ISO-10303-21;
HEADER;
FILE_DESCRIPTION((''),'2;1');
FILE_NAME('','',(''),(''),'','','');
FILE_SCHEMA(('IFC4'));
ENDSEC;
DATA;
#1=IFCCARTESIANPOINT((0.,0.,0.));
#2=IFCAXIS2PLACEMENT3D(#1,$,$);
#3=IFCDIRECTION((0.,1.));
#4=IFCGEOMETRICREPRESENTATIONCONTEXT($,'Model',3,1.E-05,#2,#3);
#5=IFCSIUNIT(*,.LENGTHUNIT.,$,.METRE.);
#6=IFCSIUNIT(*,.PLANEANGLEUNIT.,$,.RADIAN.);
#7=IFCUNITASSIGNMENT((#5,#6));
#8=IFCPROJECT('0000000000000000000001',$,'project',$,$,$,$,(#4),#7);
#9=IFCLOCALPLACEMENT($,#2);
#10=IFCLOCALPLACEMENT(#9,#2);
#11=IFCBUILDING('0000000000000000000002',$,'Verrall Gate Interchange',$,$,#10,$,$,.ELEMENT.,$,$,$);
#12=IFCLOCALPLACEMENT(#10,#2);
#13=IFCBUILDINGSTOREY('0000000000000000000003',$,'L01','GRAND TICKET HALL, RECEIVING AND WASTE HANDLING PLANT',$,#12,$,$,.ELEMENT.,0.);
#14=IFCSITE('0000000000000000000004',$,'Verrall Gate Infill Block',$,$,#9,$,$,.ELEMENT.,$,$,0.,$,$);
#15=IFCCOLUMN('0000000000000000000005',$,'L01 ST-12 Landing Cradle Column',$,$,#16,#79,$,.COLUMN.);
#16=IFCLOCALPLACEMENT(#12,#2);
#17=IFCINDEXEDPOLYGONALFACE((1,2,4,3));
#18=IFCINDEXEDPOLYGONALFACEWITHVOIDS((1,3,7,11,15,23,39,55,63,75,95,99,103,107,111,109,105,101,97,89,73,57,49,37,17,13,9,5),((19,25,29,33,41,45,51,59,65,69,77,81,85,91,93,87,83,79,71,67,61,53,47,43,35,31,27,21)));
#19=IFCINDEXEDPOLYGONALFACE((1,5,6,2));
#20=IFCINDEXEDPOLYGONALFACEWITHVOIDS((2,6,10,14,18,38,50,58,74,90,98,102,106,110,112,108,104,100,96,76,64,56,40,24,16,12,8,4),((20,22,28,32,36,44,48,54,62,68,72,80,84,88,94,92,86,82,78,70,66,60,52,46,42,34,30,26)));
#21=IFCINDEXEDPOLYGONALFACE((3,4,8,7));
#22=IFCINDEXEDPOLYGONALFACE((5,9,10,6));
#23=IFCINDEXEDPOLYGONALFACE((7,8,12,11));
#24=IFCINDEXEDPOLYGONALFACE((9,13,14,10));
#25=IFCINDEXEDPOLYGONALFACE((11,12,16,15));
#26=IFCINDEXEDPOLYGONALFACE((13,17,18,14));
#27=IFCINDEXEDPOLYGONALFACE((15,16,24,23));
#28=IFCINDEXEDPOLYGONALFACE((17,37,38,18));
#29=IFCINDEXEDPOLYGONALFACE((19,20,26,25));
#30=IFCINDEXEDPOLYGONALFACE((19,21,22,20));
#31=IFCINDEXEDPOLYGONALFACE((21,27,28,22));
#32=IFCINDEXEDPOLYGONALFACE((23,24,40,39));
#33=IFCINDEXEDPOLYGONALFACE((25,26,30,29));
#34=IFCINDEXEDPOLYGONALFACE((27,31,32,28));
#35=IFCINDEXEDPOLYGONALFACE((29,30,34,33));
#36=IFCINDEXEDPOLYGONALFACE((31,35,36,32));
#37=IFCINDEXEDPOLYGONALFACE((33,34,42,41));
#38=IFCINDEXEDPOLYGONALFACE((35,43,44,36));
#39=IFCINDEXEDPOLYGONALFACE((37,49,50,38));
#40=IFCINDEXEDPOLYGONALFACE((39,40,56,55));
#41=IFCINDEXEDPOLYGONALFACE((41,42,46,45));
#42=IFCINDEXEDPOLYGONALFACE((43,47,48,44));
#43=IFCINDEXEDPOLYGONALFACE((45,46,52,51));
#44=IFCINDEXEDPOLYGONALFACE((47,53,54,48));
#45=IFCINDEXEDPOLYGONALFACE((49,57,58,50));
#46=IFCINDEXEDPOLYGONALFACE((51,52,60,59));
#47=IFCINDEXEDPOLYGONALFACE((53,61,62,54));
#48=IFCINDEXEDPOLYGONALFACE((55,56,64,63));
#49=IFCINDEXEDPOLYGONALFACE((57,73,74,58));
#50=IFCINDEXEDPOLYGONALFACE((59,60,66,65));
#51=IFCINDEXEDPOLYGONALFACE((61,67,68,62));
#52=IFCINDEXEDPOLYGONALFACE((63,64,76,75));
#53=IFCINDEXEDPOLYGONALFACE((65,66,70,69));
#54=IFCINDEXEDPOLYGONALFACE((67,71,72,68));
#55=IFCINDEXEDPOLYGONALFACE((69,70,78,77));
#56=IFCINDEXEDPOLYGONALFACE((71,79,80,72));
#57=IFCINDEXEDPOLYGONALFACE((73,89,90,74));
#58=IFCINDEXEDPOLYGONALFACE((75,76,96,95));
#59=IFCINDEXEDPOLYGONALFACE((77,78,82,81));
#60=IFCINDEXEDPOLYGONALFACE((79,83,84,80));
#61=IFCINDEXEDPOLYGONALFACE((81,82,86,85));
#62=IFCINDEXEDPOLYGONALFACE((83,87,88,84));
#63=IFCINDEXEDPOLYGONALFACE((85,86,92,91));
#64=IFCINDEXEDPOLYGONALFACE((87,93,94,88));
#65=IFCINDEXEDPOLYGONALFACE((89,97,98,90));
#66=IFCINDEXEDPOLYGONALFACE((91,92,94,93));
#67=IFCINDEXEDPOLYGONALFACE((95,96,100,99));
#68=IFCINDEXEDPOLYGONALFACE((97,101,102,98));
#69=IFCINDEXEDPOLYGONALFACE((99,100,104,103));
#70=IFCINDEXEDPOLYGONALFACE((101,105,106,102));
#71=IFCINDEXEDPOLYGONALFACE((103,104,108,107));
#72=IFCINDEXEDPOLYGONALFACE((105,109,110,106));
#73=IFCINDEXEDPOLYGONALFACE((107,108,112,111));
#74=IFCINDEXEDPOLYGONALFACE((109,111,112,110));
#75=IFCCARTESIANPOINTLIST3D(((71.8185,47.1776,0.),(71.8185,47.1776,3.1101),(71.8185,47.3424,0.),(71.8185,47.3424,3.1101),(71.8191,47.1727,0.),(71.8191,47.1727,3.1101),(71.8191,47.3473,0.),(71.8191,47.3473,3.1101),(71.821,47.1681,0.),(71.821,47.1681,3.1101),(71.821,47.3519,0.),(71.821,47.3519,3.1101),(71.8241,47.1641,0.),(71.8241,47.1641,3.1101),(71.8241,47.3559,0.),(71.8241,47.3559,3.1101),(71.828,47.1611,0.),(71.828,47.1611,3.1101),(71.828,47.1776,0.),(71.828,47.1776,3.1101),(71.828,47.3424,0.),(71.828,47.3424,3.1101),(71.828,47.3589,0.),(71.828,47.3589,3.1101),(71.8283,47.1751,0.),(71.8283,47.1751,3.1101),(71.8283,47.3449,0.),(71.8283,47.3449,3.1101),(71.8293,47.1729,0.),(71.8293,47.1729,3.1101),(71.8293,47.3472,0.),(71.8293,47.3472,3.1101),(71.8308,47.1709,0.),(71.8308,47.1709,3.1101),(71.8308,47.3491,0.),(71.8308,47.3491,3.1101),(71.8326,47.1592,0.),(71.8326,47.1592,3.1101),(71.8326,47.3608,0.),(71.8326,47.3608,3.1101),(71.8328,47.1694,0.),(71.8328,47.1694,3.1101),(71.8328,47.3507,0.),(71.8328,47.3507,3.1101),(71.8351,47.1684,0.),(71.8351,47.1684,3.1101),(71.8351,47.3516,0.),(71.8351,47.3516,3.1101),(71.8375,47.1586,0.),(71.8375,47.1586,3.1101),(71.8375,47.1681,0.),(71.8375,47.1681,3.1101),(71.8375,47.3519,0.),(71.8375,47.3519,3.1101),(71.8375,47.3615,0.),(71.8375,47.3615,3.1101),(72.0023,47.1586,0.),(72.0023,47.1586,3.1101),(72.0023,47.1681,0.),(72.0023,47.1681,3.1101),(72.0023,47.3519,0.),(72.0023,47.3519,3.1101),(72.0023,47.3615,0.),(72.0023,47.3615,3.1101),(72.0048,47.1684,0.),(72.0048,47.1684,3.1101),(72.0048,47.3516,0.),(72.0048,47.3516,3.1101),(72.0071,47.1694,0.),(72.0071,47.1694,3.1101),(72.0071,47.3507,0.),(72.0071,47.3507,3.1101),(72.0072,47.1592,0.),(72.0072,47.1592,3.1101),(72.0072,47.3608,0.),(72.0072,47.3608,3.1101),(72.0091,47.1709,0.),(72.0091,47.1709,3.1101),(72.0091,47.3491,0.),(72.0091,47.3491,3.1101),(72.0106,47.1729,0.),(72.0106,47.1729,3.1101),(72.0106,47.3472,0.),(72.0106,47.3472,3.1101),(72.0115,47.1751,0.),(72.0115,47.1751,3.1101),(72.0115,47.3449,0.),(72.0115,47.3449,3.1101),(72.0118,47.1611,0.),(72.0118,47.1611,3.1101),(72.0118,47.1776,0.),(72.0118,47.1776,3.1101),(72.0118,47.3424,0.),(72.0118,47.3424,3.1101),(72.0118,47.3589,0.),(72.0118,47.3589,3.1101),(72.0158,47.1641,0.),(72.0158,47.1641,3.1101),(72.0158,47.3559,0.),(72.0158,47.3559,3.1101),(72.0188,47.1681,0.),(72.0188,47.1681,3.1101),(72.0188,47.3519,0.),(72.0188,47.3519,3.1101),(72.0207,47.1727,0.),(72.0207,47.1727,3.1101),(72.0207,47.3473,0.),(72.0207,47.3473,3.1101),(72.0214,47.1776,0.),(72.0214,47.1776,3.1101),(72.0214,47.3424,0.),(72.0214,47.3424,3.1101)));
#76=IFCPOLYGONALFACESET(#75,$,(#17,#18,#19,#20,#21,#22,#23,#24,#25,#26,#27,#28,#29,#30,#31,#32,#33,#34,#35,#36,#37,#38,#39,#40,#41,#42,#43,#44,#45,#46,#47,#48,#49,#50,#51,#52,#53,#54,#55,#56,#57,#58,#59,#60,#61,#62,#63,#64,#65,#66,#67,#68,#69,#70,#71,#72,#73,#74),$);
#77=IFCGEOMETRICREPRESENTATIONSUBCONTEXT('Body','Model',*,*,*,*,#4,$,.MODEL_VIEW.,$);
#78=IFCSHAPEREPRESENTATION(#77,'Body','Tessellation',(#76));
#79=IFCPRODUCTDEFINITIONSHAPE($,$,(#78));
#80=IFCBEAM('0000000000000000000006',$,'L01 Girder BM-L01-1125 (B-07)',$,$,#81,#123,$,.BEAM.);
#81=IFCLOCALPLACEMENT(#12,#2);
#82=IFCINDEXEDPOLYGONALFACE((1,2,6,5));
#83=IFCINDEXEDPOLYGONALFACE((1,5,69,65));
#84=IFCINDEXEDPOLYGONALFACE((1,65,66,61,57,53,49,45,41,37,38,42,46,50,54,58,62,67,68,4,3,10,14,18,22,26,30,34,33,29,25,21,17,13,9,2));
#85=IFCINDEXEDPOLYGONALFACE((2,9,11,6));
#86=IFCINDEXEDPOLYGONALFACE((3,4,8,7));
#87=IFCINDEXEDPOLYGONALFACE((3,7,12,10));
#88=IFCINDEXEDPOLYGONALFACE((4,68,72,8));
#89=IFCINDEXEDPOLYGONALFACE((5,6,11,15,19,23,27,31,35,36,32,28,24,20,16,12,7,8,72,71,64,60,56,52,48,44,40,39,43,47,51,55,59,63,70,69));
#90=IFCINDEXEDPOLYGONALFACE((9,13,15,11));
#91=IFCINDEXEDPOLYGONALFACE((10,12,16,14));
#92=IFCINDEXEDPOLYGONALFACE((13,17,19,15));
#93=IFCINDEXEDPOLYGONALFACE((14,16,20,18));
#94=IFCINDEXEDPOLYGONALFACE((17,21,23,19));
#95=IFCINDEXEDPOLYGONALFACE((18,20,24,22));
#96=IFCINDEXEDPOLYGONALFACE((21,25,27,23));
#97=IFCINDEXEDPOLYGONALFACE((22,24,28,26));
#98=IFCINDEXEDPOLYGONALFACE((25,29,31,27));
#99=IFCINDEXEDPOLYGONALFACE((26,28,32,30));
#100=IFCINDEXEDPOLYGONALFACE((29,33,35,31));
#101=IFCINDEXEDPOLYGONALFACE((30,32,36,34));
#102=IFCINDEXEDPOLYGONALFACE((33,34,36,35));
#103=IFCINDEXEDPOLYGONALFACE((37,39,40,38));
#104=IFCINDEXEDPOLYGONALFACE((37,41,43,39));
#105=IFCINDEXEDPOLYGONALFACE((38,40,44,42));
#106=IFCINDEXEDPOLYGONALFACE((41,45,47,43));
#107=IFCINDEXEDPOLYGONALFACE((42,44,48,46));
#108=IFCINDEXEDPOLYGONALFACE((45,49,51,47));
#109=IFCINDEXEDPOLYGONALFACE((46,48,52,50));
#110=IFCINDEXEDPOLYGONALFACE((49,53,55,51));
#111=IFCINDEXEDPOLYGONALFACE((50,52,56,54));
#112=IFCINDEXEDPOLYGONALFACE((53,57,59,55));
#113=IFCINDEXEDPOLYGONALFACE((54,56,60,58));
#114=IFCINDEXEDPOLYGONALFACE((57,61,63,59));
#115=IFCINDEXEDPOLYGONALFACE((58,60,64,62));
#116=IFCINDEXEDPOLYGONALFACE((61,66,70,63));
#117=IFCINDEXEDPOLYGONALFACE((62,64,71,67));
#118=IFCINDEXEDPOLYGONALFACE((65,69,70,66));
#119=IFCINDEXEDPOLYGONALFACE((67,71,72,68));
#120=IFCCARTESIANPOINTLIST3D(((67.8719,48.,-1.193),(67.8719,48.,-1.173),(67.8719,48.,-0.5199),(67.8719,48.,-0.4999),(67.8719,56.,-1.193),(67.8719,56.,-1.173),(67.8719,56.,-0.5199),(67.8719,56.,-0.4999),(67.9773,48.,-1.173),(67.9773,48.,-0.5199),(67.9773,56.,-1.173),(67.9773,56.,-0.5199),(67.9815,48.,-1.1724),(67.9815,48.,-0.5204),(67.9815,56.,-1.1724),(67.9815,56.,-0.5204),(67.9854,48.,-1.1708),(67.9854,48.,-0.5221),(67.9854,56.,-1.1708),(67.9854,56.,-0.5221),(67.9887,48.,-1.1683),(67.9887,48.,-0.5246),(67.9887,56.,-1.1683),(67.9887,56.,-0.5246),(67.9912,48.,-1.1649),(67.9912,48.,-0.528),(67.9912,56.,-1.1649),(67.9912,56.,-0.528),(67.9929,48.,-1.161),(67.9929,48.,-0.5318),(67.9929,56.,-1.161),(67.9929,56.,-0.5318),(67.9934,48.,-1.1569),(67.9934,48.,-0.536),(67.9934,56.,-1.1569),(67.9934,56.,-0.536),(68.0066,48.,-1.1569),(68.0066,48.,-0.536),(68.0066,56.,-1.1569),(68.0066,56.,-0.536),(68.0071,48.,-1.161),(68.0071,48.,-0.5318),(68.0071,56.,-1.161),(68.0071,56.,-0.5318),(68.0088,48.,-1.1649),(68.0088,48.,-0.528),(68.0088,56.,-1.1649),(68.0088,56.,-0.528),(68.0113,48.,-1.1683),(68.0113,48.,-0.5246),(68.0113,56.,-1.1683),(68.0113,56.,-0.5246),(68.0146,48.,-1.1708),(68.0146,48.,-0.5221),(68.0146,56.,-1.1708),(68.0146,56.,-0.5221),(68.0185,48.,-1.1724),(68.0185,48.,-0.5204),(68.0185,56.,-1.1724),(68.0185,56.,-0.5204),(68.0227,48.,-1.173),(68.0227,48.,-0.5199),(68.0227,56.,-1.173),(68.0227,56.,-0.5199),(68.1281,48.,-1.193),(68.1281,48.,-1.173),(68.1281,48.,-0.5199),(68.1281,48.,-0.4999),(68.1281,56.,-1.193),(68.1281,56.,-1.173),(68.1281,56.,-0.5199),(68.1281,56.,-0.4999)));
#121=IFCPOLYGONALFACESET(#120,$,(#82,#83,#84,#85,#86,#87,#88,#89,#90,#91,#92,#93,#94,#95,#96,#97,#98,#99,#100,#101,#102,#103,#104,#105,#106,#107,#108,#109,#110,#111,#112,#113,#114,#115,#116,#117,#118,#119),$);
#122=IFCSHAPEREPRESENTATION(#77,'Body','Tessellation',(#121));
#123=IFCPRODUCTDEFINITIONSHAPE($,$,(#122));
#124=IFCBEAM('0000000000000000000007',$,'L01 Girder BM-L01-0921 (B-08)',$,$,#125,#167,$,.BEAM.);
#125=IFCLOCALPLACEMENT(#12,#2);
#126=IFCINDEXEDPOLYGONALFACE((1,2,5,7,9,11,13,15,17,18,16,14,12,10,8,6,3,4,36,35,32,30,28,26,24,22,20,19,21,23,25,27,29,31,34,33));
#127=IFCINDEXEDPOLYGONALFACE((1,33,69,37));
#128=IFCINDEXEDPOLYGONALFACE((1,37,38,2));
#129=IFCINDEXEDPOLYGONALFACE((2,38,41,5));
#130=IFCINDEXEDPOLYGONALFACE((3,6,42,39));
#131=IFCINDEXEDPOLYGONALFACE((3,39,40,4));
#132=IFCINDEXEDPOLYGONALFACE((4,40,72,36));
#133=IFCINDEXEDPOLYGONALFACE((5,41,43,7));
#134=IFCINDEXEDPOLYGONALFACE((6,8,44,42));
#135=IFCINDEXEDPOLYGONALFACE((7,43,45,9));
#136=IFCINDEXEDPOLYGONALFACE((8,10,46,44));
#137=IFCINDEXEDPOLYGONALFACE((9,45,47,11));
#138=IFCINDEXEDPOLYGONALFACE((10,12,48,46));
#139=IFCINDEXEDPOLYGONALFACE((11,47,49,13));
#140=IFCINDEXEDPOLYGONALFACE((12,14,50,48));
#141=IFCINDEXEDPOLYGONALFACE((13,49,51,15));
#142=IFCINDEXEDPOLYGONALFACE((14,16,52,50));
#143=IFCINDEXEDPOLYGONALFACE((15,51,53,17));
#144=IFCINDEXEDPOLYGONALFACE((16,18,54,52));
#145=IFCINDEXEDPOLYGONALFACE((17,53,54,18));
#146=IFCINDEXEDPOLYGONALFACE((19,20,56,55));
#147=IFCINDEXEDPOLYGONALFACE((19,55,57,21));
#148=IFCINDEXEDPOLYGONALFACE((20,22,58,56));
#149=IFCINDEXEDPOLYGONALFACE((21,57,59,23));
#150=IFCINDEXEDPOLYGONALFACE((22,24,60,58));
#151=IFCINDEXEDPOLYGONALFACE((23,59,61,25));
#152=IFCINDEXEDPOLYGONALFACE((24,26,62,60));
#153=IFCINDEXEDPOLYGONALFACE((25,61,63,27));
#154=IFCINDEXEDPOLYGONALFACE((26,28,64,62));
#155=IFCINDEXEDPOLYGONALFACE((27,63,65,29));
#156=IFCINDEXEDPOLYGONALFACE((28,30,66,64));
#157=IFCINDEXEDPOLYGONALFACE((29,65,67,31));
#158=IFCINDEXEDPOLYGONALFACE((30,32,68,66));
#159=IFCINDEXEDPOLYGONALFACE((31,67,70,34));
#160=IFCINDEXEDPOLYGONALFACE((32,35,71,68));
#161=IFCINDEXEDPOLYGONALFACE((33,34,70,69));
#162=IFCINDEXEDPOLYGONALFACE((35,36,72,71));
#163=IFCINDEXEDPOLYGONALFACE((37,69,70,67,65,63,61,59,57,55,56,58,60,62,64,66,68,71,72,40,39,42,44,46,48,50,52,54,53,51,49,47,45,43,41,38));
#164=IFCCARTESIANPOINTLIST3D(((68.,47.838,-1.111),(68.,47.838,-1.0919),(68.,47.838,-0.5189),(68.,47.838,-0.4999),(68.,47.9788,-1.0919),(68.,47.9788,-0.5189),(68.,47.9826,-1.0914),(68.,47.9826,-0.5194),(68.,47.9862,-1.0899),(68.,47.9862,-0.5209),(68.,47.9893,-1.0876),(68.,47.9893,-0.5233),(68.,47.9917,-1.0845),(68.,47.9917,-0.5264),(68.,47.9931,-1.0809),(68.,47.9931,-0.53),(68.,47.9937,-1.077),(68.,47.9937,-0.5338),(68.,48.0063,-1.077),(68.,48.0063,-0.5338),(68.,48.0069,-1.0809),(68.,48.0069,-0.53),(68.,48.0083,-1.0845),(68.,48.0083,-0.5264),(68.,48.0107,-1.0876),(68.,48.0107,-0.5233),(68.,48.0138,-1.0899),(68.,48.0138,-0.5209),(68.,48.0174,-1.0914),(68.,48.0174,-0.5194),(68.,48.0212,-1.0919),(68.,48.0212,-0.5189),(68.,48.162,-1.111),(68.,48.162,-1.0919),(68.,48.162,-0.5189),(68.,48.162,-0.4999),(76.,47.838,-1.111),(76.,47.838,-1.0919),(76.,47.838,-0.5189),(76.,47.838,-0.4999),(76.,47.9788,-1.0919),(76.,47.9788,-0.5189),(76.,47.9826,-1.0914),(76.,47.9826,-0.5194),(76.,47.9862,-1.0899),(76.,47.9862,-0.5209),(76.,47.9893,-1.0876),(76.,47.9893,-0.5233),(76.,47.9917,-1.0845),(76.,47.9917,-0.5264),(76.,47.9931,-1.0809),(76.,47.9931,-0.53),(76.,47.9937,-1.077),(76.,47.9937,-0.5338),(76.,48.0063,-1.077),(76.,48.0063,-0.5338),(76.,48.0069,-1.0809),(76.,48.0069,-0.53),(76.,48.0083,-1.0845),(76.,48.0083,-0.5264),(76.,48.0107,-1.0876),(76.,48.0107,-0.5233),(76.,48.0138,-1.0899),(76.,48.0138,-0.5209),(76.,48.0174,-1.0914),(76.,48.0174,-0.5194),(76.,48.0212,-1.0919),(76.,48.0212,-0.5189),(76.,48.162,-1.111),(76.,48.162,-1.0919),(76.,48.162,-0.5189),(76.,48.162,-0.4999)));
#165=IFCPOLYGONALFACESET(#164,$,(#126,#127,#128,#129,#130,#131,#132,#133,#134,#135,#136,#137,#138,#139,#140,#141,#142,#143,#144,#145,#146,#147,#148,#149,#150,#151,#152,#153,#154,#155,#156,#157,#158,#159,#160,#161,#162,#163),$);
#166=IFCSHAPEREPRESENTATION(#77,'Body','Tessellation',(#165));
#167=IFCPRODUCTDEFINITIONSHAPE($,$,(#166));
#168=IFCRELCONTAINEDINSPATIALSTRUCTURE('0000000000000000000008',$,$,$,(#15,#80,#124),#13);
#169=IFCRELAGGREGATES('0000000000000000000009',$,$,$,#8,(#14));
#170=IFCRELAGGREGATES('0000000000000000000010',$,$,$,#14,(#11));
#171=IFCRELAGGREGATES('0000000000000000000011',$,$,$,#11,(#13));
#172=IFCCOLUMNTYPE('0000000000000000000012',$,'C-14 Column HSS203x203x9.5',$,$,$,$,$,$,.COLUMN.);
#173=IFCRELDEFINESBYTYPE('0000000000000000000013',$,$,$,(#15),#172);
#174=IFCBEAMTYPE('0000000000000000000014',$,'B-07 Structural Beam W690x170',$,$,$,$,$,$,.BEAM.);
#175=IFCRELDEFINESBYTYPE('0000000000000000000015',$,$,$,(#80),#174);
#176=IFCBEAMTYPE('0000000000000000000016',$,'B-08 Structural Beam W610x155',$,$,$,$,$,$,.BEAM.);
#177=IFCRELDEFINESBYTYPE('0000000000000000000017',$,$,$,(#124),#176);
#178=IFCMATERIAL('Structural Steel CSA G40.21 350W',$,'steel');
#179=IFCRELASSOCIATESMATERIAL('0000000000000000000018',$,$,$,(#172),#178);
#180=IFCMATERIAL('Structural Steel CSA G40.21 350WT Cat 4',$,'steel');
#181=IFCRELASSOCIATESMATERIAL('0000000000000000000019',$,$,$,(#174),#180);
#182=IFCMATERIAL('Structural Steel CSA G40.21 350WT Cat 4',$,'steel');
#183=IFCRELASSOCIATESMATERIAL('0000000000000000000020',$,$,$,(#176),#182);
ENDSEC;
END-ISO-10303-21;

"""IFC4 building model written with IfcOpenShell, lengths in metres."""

from ifc_helpers import new_model, si_unit, direction, frame, origin, origin_2d, place, context, subcontext, project, spatial, hollow_rectangle, i_section, extrude, material, material_profile, profile_set, type_object, element, save


model = new_model("IFC4")

# Units and contexts
model_context = context("Model", 3, precision=1e-05, world=origin(), true_north=direction((0.0, 1.0)))
body_context = subcontext(model_context, "Body", "Model", "MODEL_VIEW")
ifc_project = project(units=[si_unit("LENGTHUNIT", "METRE"), si_unit("PLANEANGLEUNIT", "RADIAN")], contexts=[model_context])

# Site, building, storey
site_placement = place(None, origin())
site = spatial("IfcSite", under=ifc_project, at=site_placement, Name="Verrall Gate Infill Block", CompositionType="ELEMENT", RefElevation=0.0)
building_placement = place(site_placement, origin())
building = spatial("IfcBuilding", under=site, at=building_placement, Name="Verrall Gate Interchange", CompositionType="ELEMENT")
storey_placement = place(building_placement, origin())
storey = spatial("IfcBuildingStorey", under=building, at=storey_placement, Name="L01", Description="GRAND TICKET HALL, RECEIVING AND WASTE HANDLING PLANT", CompositionType="ELEMENT", Elevation=0.0)

# Column
ifc_material_1 = material(Name="Structural Steel CSA G40.21 350W", Category="steel")
ifc_material_profile_1 = material_profile(ifc_material_1, hollow_rectangle(XDim=0.2029, YDim=0.2029, WallThickness=0.0095, InnerFilletRadius=0.0095, OuterFilletRadius=0.019, at=origin_2d()), Name="HSS203x203x9.5")
ifc_profile_set_1 = profile_set([ifc_material_profile_1], Name="Structural Steel CSA G40.21 350W")
column_type_1 = type_object("IfcColumnType", Name="C-14 Column HSS203x203x9.5", PredefinedType="COLUMN", material=ifc_profile_set_1)
for number, where, z_axis, x_axis, name in (
    (1, (71.9199, 47.26, 0.0), (0.0, 0.0, 1.0), (1.0, 0.0, 0.0), "L01 ST-12 Landing Cradle Column"),
):
    element("IfcColumn", number, at=place(storey_placement, frame(where, z_axis=z_axis, x_axis=x_axis)), inside=storey, type_object=column_type_1, Name=name, PredefinedType="COLUMN", context=body_context, shape_type="SweptSolid", body=[
        extrude(hollow_rectangle(XDim=0.2029, YDim=0.2029, WallThickness=0.0095, InnerFilletRadius=0.0095, OuterFilletRadius=0.019, at=origin_2d()), origin(), (0.0, 0.0, 1.0), 3.1101),
    ])

# Beams
ifc_material_2 = material(Name="Structural Steel CSA G40.21 350WT Cat 4", Category="steel")
ifc_material_profile_2 = material_profile(ifc_material_2, i_section(OverallWidth=0.2561, OverallDepth=0.6931, WebThickness=0.0132, FlangeThickness=0.02, FilletRadius=0.0161, at=origin_2d()), Name="W690x170")
ifc_profile_set_2 = profile_set([ifc_material_profile_2], Name="Structural Steel CSA G40.21 350WT Cat 4")
beam_type_1 = type_object("IfcBeamType", Name="B-07 Structural Beam W690x170", PredefinedType="BEAM", material=ifc_profile_set_2)
beam_1_placement = place(storey_placement, frame((68.0, 48.0, -0.8464), z_axis=(0.0, 1.0, 0.0), x_axis=(-1.0, 0.0, 0.0)))
element("IfcBeam", 2, at=beam_1_placement, inside=storey, type_object=beam_type_1, Name="L01 Girder BM-L01-1125 (B-07)", PredefinedType="BEAM", context=body_context, shape_type="SweptSolid", body=[
    extrude(i_section(OverallWidth=0.2561, OverallDepth=0.6931, WebThickness=0.0132, FlangeThickness=0.02, FilletRadius=0.0161, at=origin_2d()), origin(), (0.0, 0.0, 1.0), 8.0),
])
ifc_material_3 = material(Name="Structural Steel CSA G40.21 350WT Cat 4", Category="steel")
ifc_material_profile_3 = material_profile(ifc_material_3, i_section(OverallWidth=0.324, OverallDepth=0.6111, WebThickness=0.0127, FlangeThickness=0.019, FilletRadius=0.0149, at=origin_2d()), Name="W610x155")
ifc_profile_set_3 = profile_set([ifc_material_profile_3], Name="Structural Steel CSA G40.21 350WT Cat 4")
beam_type_2 = type_object("IfcBeamType", Name="B-08 Structural Beam W610x155", PredefinedType="BEAM", material=ifc_profile_set_3)
beam_2_placement = place(storey_placement, frame((68.0, 48.0, -0.8054), z_axis=(1.0, 0.0, 0.0), x_axis=(0.0, 1.0, 0.0)))
element("IfcBeam", 3, at=beam_2_placement, inside=storey, type_object=beam_type_2, Name="L01 Girder BM-L01-0921 (B-08)", PredefinedType="BEAM", context=body_context, shape_type="SweptSolid", body=[
    extrude(i_section(OverallWidth=0.324, OverallDepth=0.6111, WebThickness=0.0127, FlangeThickness=0.019, FilletRadius=0.0149, at=origin_2d()), origin(), (0.0, 0.0, 1.0), 8.0),
])

save(model, "model.ifc")
